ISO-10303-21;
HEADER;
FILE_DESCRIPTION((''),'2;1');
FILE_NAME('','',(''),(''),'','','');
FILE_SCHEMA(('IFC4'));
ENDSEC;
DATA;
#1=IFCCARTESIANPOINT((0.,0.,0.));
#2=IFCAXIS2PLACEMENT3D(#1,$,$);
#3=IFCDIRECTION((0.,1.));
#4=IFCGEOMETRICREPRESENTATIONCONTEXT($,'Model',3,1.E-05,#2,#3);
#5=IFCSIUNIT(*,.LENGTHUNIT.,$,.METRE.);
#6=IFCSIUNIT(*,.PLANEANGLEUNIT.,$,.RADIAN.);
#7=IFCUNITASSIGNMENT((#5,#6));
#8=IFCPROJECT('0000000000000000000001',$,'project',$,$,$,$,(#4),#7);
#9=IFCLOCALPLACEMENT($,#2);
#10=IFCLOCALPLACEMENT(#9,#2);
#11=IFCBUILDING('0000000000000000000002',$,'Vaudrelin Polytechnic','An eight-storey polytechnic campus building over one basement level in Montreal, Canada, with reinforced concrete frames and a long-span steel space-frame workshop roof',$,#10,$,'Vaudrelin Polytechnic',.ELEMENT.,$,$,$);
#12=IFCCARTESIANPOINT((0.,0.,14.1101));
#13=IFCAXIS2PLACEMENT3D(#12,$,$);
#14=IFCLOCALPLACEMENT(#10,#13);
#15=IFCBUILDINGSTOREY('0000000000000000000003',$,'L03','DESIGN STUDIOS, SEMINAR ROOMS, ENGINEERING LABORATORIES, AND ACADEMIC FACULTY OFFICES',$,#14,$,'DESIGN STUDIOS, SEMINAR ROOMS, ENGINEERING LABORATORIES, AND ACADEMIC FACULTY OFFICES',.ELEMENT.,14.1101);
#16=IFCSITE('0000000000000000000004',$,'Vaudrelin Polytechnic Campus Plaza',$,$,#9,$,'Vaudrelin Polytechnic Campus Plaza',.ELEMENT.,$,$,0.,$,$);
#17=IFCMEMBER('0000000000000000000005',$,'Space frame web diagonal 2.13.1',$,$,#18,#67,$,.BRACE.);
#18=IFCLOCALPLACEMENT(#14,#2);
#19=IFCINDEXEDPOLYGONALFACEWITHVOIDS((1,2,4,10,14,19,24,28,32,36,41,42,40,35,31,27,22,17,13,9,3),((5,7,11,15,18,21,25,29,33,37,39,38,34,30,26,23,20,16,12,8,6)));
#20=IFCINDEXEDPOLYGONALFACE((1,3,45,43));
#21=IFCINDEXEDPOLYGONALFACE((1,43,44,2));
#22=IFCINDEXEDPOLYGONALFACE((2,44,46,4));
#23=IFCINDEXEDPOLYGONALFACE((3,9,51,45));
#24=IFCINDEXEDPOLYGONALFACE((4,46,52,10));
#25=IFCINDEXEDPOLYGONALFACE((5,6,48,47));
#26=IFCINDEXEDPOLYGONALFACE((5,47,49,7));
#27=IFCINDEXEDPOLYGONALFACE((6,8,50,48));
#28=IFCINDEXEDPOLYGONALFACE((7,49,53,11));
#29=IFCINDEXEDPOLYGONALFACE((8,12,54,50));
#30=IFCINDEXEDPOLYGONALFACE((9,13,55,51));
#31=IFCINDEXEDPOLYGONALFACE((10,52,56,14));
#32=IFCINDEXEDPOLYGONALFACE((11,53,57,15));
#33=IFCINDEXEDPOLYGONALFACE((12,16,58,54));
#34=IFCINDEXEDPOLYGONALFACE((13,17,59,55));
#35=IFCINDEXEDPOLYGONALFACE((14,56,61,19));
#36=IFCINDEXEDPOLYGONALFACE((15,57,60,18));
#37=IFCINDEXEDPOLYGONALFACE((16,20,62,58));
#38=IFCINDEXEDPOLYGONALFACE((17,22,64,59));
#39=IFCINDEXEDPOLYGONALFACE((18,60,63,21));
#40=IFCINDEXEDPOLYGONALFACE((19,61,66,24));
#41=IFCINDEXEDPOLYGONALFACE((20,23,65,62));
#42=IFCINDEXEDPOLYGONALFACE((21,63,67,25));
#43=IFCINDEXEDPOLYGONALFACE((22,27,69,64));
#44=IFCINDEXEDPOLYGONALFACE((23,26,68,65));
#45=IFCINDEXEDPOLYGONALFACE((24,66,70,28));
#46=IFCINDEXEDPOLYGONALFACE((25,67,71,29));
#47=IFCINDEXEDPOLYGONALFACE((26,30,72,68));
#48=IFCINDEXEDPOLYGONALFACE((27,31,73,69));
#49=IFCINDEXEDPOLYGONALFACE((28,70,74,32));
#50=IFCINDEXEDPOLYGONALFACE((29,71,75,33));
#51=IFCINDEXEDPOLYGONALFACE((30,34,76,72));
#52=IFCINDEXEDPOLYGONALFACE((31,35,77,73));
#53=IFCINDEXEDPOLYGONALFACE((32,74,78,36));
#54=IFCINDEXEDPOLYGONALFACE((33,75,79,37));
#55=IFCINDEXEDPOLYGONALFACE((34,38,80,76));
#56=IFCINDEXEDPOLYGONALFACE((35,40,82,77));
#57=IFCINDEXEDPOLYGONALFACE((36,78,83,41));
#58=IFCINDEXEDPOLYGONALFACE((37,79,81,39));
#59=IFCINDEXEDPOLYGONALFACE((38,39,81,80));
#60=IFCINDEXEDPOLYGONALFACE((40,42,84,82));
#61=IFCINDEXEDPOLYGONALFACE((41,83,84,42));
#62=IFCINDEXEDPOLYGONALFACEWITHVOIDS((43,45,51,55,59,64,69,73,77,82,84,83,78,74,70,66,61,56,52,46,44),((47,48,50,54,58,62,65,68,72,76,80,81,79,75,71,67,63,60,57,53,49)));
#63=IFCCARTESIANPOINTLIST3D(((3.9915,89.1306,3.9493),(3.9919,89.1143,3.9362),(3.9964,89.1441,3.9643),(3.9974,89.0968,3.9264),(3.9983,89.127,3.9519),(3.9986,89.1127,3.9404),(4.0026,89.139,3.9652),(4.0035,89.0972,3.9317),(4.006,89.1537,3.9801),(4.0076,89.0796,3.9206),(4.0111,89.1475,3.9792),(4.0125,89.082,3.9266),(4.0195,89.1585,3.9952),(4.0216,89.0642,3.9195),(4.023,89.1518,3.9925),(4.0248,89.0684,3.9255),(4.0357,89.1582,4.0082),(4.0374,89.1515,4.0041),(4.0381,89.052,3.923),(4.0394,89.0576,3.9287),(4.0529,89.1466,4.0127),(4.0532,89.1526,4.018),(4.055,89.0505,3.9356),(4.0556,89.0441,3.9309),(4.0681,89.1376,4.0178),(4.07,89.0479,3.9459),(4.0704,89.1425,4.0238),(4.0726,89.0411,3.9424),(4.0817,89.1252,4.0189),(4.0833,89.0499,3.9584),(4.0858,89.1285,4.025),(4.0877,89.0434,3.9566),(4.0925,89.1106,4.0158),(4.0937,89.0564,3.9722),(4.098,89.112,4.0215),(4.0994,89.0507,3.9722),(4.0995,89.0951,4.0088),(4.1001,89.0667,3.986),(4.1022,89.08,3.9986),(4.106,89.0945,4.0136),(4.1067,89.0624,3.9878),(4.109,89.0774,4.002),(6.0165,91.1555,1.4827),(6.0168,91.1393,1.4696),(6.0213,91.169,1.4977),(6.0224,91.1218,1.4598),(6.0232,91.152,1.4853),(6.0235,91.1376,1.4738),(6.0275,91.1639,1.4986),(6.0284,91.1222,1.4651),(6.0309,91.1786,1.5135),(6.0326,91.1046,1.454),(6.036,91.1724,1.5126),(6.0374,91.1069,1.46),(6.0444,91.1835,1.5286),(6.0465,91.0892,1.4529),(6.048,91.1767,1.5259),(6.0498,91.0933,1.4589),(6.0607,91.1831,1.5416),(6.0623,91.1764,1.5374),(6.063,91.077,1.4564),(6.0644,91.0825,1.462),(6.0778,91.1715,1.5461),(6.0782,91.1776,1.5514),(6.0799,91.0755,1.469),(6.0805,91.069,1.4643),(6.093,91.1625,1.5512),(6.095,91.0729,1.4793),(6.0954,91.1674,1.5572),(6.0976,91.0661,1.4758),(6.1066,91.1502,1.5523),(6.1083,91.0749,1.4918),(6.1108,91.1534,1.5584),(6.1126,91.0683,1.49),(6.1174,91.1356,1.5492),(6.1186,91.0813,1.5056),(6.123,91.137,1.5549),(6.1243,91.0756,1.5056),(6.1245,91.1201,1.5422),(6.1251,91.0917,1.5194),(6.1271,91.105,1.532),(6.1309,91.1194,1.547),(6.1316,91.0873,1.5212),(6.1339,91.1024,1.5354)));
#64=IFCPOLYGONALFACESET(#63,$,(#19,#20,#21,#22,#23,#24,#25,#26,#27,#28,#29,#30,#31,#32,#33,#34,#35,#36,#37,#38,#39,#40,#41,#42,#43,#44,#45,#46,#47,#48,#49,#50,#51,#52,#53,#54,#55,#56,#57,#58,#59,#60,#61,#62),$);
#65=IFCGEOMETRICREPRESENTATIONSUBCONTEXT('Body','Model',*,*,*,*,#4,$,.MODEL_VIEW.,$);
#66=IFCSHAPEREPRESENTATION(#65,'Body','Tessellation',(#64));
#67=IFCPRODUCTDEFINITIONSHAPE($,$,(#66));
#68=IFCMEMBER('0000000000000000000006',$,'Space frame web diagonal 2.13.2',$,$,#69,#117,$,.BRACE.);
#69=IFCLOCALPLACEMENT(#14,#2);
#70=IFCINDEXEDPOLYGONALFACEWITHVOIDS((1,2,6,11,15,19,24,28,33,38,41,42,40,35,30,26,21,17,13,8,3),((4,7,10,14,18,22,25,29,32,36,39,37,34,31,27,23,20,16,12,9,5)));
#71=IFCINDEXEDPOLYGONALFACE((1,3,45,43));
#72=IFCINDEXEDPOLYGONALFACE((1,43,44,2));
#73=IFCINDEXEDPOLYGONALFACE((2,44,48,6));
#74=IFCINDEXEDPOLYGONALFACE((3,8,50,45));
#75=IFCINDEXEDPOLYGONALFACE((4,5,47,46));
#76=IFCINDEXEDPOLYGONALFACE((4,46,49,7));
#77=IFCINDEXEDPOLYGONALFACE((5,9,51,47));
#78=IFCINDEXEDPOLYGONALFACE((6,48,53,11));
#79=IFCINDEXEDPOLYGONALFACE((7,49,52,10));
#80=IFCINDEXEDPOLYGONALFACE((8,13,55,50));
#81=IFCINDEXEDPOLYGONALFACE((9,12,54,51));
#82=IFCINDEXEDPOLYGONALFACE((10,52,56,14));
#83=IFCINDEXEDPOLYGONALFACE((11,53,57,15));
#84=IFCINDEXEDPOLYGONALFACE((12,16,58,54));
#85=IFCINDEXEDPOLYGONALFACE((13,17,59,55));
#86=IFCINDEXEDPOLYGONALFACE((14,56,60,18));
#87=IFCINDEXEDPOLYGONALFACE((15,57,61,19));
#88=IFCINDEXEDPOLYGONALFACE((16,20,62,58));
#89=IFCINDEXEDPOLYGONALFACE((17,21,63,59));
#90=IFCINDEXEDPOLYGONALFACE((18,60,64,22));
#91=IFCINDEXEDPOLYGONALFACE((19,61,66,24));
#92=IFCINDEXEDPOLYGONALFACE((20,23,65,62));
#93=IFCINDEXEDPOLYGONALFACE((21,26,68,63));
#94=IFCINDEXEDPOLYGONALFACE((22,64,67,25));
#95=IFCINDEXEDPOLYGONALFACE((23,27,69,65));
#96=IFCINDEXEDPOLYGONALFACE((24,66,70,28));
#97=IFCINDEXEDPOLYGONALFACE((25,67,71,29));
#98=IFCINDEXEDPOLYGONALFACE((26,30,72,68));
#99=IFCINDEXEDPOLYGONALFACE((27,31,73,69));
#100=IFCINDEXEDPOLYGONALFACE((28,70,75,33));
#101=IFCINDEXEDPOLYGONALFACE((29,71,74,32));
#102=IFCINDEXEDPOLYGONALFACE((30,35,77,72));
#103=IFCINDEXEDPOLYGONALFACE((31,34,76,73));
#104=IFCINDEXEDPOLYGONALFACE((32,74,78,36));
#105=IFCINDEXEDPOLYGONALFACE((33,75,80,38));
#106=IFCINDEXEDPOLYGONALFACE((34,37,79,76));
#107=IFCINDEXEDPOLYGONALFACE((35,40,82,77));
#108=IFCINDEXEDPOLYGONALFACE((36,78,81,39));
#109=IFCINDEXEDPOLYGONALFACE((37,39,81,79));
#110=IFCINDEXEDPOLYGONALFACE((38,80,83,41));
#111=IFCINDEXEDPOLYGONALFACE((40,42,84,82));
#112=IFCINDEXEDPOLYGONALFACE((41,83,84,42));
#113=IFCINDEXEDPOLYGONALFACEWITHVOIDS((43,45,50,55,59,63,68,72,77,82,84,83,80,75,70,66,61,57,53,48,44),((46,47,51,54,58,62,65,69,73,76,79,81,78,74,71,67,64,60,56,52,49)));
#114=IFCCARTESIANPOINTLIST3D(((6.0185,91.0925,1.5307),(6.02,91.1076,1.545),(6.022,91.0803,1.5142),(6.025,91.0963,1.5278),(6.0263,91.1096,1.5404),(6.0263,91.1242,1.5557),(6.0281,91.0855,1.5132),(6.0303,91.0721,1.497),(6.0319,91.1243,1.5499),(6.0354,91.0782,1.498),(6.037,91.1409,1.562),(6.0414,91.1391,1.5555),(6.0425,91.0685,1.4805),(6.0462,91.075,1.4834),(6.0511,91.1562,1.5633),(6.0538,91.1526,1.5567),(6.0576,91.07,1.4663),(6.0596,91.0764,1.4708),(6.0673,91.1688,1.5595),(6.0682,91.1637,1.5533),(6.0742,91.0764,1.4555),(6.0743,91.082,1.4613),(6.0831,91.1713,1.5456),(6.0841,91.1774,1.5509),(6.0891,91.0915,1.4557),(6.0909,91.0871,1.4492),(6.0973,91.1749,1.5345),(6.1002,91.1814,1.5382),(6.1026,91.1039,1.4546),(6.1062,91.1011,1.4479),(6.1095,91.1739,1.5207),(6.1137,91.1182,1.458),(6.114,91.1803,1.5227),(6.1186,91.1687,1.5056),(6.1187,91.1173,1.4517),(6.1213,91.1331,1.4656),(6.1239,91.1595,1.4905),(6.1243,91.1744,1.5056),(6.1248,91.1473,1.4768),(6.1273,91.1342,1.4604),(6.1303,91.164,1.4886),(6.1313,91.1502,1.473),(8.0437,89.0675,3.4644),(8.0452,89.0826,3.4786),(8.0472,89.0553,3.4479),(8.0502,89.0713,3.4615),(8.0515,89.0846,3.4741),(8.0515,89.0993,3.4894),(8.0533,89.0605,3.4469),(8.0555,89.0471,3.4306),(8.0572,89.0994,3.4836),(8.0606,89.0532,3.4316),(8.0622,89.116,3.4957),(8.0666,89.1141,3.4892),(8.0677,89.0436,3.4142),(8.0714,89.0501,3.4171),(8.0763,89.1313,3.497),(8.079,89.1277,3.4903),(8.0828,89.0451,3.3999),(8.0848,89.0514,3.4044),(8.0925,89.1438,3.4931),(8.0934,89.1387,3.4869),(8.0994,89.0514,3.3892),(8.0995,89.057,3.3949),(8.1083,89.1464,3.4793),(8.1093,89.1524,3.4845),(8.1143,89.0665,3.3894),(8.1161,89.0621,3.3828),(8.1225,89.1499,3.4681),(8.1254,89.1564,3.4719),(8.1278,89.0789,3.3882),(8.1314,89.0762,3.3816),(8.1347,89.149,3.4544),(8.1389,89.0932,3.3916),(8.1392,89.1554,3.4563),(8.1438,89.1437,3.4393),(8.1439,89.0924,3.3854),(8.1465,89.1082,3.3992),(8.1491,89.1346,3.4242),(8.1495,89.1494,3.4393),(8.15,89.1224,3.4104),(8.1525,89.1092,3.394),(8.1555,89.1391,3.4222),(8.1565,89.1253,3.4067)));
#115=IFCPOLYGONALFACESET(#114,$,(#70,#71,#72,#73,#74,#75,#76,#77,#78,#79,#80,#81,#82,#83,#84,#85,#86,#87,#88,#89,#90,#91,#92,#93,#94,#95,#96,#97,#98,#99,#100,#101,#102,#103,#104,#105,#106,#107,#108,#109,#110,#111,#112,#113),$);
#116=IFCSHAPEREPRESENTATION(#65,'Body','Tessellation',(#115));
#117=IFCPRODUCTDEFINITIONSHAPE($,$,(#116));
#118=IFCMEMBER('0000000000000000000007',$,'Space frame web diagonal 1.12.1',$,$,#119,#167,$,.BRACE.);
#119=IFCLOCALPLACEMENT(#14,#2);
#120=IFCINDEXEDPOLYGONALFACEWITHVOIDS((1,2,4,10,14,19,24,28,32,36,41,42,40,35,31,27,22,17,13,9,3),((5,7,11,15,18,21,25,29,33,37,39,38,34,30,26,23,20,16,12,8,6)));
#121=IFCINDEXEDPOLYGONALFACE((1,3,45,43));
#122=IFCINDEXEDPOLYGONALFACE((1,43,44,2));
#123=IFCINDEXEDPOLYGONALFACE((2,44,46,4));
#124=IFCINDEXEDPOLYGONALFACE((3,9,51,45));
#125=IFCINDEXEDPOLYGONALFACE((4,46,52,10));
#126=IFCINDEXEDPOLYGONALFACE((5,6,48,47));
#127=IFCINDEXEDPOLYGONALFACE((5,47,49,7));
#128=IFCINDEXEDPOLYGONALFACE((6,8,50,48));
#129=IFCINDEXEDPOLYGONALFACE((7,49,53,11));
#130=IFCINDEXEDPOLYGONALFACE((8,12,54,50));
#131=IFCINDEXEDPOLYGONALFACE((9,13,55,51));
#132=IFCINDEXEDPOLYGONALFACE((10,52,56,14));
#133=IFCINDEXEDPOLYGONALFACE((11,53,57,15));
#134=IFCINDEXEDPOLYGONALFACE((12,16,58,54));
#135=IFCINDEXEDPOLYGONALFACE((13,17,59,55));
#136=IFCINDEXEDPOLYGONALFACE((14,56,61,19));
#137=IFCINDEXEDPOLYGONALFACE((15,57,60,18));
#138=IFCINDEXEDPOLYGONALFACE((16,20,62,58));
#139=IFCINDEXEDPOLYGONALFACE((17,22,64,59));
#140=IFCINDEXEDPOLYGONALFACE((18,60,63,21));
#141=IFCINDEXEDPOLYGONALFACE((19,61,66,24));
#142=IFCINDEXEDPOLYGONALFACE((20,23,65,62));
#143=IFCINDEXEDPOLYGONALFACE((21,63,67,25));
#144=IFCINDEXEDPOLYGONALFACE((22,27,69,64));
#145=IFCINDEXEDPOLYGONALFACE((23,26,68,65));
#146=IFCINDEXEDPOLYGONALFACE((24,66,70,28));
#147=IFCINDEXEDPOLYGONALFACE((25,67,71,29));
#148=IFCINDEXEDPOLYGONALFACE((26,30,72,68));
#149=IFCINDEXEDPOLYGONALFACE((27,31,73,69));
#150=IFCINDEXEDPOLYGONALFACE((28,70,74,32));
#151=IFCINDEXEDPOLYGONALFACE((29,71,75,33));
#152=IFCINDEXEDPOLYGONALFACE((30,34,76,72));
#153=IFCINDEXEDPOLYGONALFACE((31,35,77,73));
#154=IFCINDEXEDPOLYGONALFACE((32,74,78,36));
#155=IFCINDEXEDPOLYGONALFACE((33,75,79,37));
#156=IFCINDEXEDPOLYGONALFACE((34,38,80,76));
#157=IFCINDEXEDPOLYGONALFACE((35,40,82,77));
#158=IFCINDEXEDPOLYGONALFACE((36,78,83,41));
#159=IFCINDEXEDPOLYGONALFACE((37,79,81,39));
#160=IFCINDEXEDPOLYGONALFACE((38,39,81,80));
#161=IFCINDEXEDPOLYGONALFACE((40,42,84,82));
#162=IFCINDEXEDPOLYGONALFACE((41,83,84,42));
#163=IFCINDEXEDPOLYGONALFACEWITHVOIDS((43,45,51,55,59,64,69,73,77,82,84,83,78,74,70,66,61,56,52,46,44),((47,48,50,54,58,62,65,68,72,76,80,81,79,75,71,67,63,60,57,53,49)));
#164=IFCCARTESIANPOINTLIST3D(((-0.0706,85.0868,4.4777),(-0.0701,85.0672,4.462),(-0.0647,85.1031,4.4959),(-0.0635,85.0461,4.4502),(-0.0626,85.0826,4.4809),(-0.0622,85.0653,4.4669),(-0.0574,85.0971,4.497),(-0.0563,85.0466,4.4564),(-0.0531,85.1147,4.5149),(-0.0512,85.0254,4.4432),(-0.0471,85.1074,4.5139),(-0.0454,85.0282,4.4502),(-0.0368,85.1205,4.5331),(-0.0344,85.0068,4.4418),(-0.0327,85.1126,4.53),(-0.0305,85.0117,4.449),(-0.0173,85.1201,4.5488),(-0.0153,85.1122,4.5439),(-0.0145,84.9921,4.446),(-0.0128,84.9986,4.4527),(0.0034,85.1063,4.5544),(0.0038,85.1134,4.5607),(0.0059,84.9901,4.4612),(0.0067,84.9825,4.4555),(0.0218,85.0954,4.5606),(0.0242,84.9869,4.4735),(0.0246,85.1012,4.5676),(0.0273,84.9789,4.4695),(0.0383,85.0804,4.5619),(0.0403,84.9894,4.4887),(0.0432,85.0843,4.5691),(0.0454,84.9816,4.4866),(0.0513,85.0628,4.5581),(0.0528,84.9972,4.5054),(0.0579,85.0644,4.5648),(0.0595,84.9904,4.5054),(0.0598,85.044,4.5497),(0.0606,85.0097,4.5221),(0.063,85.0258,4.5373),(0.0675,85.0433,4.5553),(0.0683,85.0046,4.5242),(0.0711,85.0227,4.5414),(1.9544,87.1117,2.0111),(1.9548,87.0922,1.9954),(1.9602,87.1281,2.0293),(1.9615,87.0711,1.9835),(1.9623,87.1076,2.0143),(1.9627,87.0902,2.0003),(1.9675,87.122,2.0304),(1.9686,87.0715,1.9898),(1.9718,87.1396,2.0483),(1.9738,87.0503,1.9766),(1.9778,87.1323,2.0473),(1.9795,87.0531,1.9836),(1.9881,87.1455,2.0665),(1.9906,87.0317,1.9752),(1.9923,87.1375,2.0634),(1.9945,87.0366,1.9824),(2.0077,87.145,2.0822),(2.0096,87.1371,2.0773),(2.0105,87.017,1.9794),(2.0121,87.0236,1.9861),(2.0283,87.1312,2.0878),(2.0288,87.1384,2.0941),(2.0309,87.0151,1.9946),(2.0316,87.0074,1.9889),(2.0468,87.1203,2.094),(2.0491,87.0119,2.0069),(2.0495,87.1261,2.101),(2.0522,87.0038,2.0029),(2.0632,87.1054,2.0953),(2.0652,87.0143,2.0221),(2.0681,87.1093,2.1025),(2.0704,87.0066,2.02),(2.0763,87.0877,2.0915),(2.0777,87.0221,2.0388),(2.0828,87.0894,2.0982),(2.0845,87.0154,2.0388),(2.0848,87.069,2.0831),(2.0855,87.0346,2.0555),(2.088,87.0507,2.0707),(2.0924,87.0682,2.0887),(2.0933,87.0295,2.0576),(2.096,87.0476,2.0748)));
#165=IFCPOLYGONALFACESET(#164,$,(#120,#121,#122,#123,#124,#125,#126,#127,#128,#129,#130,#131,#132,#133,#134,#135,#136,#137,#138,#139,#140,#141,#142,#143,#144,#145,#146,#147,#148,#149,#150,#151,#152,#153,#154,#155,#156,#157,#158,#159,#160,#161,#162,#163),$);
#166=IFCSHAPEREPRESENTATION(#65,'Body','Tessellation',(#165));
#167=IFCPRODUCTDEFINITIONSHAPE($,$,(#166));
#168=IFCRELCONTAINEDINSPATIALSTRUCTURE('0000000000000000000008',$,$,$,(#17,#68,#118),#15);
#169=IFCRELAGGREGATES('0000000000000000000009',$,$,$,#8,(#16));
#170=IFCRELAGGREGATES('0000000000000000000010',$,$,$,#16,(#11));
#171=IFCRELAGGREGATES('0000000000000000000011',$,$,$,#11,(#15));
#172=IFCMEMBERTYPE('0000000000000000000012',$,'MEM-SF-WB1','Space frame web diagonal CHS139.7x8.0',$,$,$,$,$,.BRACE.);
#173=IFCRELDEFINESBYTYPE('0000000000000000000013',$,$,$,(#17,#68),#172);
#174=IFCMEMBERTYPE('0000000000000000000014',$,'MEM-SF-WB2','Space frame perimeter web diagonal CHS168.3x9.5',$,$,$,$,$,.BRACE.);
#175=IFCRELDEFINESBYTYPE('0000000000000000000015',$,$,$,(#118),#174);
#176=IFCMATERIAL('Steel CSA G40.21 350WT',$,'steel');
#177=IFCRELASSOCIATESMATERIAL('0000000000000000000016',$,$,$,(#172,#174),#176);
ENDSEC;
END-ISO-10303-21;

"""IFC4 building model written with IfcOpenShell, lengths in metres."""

from ifc_helpers import new_model, si_unit, direction, frame, origin, origin_2d, place, context, subcontext, project, spatial, hollow_circle, extrude, material, material_profile, profile_set, type_object, element, save


model = new_model("IFC4")

# Units and contexts
model_context = context("Model", 3, precision=1e-05, world=origin(), true_north=direction((0.0, 1.0)))
body_context = subcontext(model_context, "Body", "Model", "MODEL_VIEW")
ifc_project = project(units=[si_unit("LENGTHUNIT", "METRE"), si_unit("PLANEANGLEUNIT", "RADIAN")], contexts=[model_context])

# Site, building, storey
site_placement = place(None, origin())
site = spatial("IfcSite", under=ifc_project, at=site_placement, Name="Vaudrelin Polytechnic Campus Plaza", LongName="Vaudrelin Polytechnic Campus Plaza", CompositionType="ELEMENT", RefElevation=0.0)
building_placement = place(site_placement, origin())
building = spatial("IfcBuilding", under=site, at=building_placement, Name="Vaudrelin Polytechnic", Description="An eight-storey polytechnic campus building over one basement level in Montreal, Canada, with reinforced concrete frames and a long-span steel space-frame workshop roof", LongName="Vaudrelin Polytechnic", CompositionType="ELEMENT")
storey_placement = place(building_placement, frame((0.0, 0.0, 14.1101)))
storey = spatial("IfcBuildingStorey", under=building, at=storey_placement, Name="L03", Description="DESIGN STUDIOS, SEMINAR ROOMS, ENGINEERING LABORATORIES, AND ACADEMIC FACULTY OFFICES", LongName="DESIGN STUDIOS, SEMINAR ROOMS, ENGINEERING LABORATORIES, AND ACADEMIC FACULTY OFFICES", CompositionType="ELEMENT", Elevation=14.1101)

# Members
ifc_material_1 = material(Name="Steel CSA G40.21 350WT", Category="steel")
ifc_material_profile_1 = material_profile(ifc_material_1, hollow_circle(Radius=0.0698, WallThickness=0.0081, at=origin_2d()), Name="CHS139.7x8.0")
ifc_profile_set_1 = profile_set([ifc_material_profile_1], Name="Steel CSA G40.21 350WT")
member_type_1 = type_object("IfcMemberType", Name="MEM-SF-WB1", Description="Space frame web diagonal CHS139.7x8.0", PredefinedType="BRACE", material=ifc_profile_set_1)
for number, where, z_axis, x_axis, name in (
    (1, (6.075, 91.125, 1.5056), (-0.535765, -0.535765, 0.65262), (0.707107, -0.707107, 0.0), "Space frame web diagonal 2.13.1"),
):
    element("IfcMember", number, at=place(storey_placement, frame(where, z_axis=z_axis, x_axis=x_axis)), inside=storey, type_object=member_type_1, Name=name, PredefinedType="BRACE", context=body_context, shape_type="SweptSolid", body=[
        extrude(hollow_circle(Radius=0.0698, WallThickness=0.0081, at=origin_2d()), origin(), (0.0, 0.0, 1.0), 3.7795),
    ])
member_1_placement = place(storey_placement, frame((6.075, 91.125, 1.5056), z_axis=(0.586071, -0.586, 0.559576), x_axis=(0.707064, 0.707149, 0.0)))
element("IfcMember", 2, at=member_1_placement, inside=storey, type_object=member_type_1, Name="Space frame web diagonal 2.13.2", PredefinedType="BRACE", context=body_context, shape_type="SweptSolid", body=[
    extrude(hollow_circle(Radius=0.0698, WallThickness=0.0081, at=origin_2d()), origin(), (0.0, 0.0, 1.0), 3.4556),
])
ifc_material_profile_2 = material_profile(ifc_material_1, hollow_circle(Radius=0.0842, WallThickness=0.0095, at=origin_2d()), Name="CHS168.3x9.5")
ifc_profile_set_2 = profile_set([ifc_material_profile_2], Name="Steel CSA G40.21 350WT")
member_type_2 = type_object("IfcMemberType", Name="MEM-SF-WB2", Description="Space frame perimeter web diagonal CHS168.3x9.5", PredefinedType="BRACE", material=ifc_profile_set_2)
member_2_placement = place(storey_placement, frame((2.0249, 87.075, 2.0388), z_axis=(-0.535765, -0.535765, 0.65262), x_axis=(0.707107, -0.707107, 0.0)))
element("IfcMember", 3, at=member_2_placement, inside=storey, type_object=member_type_2, Name="Space frame web diagonal 1.12.1", PredefinedType="BRACE", context=body_context, shape_type="SweptSolid", body=[
    extrude(hollow_circle(Radius=0.0842, WallThickness=0.0095, at=origin_2d()), origin(), (0.0, 0.0, 1.0), 3.7795),
])

save(model, "model.ifc")
